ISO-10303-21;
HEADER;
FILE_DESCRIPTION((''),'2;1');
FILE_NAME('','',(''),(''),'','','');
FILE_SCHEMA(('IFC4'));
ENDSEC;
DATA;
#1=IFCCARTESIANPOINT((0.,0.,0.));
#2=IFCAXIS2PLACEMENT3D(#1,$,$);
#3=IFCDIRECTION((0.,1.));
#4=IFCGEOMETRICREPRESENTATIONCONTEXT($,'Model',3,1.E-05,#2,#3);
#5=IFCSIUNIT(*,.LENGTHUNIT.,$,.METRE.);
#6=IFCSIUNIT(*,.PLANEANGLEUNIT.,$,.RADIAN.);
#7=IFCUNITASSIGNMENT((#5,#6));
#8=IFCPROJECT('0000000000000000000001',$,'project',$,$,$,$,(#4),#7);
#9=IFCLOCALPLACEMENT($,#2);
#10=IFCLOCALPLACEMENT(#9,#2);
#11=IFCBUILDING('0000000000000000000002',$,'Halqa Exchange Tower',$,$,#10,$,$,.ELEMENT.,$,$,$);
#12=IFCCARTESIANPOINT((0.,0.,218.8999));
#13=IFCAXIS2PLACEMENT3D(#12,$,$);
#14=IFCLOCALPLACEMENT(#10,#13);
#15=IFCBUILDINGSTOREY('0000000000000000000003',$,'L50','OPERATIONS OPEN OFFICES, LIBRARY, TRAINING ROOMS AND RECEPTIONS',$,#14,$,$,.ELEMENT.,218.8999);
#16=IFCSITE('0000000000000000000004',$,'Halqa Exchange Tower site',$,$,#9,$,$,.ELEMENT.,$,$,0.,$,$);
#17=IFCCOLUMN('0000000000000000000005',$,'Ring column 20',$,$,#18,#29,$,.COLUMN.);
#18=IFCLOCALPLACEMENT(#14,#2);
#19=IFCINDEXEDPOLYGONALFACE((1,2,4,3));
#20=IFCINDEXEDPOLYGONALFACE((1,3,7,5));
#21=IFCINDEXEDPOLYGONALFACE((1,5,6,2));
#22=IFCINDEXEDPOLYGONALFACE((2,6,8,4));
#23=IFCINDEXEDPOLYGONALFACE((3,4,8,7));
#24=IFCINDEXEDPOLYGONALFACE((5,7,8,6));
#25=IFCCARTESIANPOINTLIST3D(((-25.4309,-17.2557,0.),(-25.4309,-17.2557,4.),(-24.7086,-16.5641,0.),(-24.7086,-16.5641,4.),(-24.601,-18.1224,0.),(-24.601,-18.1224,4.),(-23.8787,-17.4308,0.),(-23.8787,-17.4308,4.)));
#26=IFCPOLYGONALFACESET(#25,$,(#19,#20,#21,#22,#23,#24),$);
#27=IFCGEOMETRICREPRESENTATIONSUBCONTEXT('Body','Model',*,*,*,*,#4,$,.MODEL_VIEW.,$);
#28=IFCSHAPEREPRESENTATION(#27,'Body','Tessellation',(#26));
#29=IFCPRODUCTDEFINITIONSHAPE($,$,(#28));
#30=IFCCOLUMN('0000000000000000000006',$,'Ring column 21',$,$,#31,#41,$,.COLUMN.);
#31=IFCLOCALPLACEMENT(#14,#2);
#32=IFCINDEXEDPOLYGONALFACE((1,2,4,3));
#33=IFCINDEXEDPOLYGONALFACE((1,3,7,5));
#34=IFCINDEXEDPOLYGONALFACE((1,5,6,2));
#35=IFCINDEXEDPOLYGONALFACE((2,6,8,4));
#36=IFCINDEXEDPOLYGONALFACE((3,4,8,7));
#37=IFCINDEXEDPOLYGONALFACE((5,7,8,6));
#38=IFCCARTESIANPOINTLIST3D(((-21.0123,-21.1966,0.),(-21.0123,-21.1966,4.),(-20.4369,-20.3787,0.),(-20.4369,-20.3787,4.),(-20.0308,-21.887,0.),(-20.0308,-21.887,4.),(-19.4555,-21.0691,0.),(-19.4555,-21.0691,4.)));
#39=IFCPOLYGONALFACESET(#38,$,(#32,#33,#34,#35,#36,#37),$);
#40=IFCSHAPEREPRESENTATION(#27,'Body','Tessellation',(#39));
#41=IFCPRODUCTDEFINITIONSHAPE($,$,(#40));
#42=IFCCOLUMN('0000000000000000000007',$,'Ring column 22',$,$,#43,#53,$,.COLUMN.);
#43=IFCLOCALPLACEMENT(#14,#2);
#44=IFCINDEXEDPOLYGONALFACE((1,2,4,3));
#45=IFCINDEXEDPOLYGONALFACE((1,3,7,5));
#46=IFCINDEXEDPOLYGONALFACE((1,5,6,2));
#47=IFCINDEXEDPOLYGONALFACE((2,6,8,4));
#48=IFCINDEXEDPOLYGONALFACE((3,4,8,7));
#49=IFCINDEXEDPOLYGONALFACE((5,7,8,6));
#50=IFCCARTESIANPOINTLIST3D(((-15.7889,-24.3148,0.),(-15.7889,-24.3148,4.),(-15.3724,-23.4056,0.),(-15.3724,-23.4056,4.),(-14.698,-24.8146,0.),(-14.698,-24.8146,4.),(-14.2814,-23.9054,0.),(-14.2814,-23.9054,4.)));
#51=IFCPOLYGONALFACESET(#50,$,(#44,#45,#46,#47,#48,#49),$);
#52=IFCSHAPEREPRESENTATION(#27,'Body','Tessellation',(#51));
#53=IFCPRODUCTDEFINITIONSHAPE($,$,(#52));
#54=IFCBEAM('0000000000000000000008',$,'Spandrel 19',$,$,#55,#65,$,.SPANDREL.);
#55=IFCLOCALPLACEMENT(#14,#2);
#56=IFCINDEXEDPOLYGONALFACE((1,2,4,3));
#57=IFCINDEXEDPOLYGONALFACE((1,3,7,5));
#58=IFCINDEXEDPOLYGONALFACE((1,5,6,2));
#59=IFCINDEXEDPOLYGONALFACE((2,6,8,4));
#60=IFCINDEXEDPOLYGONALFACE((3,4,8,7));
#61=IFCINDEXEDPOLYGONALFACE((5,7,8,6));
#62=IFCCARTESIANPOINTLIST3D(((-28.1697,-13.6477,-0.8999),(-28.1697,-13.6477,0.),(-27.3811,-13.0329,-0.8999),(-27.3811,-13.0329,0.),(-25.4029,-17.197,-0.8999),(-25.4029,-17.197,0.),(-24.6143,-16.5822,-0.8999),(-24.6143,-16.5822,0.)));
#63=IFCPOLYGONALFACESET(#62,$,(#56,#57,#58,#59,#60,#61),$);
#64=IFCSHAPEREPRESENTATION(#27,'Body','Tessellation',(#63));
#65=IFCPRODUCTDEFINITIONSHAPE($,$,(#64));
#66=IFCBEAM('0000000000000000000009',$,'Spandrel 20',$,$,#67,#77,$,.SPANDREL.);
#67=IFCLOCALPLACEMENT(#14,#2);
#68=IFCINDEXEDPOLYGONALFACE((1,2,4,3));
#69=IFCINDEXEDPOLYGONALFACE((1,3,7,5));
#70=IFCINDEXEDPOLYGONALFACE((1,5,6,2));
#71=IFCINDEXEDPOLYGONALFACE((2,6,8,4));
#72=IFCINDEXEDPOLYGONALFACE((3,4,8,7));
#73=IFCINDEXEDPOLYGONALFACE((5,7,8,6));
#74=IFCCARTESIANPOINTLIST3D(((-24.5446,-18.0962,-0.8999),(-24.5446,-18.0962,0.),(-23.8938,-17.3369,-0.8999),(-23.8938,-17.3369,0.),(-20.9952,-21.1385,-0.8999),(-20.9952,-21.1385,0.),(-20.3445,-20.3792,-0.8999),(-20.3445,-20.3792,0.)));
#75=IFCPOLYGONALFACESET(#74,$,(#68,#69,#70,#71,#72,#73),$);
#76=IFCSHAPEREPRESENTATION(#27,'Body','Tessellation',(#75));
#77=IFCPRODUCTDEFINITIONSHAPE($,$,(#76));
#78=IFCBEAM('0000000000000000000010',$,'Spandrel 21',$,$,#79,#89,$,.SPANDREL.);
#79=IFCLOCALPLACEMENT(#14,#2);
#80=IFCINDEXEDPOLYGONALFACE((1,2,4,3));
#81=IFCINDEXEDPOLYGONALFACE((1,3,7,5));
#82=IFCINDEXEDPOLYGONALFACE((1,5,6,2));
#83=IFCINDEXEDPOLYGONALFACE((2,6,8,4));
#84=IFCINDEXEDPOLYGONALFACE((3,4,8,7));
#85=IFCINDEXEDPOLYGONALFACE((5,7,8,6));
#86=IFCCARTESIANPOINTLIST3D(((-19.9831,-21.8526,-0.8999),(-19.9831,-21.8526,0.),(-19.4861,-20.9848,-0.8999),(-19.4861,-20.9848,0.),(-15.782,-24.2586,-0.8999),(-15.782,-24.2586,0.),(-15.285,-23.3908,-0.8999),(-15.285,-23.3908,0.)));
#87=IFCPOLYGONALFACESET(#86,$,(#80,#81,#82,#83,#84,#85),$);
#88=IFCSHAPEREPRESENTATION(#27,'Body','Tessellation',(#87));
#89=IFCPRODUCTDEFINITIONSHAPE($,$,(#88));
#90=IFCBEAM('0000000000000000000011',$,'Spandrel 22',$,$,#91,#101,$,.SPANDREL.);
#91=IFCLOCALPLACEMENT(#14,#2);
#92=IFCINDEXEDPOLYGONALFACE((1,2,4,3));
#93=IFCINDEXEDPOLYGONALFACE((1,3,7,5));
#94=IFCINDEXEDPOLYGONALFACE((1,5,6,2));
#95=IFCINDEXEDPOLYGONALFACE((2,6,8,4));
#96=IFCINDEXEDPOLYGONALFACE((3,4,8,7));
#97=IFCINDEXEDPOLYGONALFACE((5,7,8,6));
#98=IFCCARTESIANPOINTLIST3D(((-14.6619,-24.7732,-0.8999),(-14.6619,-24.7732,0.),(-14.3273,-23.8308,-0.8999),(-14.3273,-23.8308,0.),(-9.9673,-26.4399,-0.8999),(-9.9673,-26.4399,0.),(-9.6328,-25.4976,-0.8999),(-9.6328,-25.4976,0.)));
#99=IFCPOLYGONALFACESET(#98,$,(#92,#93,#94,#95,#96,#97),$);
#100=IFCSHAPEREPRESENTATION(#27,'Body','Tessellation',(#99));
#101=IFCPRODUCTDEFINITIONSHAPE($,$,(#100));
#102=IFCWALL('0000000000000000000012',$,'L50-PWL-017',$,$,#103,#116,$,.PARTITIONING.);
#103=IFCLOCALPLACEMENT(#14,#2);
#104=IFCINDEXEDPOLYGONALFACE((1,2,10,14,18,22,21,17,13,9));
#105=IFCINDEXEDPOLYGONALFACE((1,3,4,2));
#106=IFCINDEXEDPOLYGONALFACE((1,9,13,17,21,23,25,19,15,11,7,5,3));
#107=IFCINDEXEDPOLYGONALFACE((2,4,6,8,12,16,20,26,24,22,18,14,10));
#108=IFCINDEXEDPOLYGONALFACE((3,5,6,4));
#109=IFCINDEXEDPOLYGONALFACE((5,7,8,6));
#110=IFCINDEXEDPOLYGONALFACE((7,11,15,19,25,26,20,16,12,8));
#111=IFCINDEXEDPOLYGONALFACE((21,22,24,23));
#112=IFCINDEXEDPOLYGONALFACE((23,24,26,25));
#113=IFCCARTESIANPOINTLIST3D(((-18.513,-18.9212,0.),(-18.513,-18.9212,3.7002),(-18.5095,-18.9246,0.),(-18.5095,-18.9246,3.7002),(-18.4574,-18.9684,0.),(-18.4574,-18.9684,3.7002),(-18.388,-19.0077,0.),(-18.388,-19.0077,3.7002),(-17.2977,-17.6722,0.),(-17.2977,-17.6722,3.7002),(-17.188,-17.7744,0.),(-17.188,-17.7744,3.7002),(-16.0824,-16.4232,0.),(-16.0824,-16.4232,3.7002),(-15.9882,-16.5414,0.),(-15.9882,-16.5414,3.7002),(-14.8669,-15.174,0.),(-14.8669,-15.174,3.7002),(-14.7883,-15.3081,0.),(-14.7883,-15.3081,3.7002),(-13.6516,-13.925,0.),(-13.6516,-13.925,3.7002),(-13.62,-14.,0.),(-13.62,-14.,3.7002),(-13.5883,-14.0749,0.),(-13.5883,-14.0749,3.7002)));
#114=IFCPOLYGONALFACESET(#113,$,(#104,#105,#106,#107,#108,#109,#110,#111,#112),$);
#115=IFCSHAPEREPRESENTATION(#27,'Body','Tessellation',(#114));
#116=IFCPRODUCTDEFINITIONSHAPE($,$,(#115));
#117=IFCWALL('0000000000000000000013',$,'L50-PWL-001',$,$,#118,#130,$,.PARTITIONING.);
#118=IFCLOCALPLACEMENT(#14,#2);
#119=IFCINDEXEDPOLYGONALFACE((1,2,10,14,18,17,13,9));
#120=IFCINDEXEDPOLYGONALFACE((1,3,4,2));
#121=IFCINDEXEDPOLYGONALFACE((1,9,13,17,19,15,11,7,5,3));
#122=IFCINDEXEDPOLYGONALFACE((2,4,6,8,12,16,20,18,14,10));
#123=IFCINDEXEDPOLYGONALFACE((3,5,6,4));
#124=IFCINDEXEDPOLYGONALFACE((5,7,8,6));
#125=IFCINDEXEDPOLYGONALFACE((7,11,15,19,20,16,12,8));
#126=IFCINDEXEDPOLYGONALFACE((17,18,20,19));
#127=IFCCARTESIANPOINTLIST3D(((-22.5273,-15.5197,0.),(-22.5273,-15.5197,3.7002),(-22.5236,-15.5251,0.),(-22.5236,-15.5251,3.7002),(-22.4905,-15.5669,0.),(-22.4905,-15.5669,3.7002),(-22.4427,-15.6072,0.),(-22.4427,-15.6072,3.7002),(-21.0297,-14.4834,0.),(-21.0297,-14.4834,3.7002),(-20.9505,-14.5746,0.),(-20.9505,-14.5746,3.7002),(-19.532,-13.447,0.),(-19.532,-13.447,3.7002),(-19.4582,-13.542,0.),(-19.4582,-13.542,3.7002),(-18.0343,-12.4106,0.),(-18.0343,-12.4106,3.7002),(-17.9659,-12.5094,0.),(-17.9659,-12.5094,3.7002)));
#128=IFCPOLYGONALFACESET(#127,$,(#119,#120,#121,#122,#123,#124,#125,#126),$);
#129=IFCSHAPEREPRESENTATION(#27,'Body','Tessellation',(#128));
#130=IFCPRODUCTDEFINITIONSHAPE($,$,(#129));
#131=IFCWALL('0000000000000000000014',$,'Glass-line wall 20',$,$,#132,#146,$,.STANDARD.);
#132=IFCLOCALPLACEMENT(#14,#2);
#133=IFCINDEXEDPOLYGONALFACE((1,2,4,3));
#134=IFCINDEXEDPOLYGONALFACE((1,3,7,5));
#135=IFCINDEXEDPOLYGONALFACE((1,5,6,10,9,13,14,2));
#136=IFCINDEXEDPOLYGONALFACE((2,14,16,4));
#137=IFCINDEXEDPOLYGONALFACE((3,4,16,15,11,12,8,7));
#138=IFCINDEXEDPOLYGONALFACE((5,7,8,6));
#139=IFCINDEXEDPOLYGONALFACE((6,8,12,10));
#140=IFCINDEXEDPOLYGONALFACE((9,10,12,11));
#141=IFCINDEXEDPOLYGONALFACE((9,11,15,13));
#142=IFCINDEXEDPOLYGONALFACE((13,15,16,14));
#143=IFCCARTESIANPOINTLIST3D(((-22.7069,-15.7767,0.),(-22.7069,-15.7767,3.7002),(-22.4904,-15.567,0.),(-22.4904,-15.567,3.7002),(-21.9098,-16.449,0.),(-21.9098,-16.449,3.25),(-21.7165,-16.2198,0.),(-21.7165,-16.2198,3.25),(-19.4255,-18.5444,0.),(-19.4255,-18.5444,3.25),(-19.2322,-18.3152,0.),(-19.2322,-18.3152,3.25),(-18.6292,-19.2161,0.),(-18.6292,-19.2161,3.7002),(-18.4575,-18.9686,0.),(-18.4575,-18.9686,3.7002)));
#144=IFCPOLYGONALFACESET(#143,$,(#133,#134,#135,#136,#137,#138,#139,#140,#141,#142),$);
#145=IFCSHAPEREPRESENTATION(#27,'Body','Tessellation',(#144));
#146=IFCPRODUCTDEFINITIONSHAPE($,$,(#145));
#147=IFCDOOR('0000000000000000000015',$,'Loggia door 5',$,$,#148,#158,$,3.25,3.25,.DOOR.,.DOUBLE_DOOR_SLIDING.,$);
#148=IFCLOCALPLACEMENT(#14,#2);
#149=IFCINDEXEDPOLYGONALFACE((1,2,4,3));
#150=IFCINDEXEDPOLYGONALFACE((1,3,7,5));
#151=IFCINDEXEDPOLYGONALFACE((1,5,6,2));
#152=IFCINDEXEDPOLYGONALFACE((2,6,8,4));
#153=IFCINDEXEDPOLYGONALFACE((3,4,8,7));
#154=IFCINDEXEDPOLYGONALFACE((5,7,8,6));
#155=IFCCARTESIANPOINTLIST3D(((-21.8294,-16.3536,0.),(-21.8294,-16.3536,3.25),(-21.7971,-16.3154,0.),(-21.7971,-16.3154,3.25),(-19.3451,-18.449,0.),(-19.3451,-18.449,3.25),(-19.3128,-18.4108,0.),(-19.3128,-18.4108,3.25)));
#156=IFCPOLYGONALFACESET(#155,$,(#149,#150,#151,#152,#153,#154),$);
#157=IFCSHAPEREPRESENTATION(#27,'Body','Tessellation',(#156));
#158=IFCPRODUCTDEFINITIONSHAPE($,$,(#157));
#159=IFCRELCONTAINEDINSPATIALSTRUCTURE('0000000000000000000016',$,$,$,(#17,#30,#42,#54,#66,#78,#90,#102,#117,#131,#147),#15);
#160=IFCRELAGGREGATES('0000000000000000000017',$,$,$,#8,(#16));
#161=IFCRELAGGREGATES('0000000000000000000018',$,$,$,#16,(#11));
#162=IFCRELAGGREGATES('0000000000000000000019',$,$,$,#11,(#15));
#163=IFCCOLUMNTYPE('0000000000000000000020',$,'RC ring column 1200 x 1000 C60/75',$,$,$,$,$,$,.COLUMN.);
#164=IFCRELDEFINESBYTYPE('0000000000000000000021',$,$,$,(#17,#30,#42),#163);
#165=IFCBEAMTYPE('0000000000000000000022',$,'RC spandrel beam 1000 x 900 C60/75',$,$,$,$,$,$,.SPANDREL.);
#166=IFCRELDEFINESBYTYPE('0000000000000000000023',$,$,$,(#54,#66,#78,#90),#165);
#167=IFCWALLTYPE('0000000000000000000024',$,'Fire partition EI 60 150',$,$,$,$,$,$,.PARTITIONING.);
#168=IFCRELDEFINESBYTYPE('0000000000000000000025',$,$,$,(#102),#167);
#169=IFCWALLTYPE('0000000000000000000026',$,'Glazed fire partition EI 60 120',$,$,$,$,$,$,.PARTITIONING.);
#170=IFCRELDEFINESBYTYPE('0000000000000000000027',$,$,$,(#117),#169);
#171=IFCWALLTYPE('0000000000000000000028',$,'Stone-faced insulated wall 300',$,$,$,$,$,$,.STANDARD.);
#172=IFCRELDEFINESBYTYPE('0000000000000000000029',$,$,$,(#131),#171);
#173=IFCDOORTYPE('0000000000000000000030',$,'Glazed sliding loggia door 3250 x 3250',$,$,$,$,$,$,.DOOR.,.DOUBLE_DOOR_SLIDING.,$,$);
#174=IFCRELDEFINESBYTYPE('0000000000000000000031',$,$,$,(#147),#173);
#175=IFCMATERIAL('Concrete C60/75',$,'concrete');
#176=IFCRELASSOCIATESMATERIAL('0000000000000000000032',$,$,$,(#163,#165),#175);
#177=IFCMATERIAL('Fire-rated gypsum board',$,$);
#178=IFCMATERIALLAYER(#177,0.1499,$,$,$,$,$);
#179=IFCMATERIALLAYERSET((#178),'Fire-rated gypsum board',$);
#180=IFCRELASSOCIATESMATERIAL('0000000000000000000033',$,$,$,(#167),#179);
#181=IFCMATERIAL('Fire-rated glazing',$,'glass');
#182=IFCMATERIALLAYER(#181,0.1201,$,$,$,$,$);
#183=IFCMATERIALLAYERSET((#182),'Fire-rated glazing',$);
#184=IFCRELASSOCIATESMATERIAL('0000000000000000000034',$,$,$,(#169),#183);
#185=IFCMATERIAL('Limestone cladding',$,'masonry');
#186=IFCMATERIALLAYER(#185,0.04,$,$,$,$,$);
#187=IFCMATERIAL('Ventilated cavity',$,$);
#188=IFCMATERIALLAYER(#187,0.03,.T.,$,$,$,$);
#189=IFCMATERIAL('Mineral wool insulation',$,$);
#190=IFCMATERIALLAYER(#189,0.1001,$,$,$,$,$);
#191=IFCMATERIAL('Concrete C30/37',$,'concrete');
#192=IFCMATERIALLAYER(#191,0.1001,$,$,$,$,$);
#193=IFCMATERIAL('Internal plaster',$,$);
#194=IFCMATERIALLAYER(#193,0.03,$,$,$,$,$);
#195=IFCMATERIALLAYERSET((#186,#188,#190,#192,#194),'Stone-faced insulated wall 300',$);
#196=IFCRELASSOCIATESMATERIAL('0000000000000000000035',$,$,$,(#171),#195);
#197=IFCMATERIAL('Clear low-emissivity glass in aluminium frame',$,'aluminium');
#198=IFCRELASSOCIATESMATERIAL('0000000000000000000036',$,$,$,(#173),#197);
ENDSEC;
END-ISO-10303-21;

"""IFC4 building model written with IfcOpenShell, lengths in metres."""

from ifc_helpers import new_model, si_unit, direction, frame, frame_2d, origin, origin_2d, place, context, subcontext, project, spatial, polyline, rectangle, outline, extrude, material, layer, layer_set, material_profile, profile_set, type_object, element, fill, save


model = new_model("IFC4")

# Units and contexts
model_context = context("Model", 3, precision=1e-05, world=origin(), true_north=direction((0.0, 1.0)))
body_context = subcontext(model_context, "Body", "Model", "MODEL_VIEW")
ifc_project = project(units=[si_unit("LENGTHUNIT", "METRE"), si_unit("PLANEANGLEUNIT", "RADIAN")], contexts=[model_context])

# Site, building, storey
site_placement = place(None, origin())
site = spatial("IfcSite", under=ifc_project, at=site_placement, Name="Halqa Exchange Tower site", CompositionType="ELEMENT", RefElevation=0.0)
building_placement = place(site_placement, origin())
building = spatial("IfcBuilding", under=site, at=building_placement, Name="Halqa Exchange Tower", CompositionType="ELEMENT")
storey_placement = place(building_placement, frame((0.0, 0.0, 218.8999)))
storey = spatial("IfcBuildingStorey", under=building, at=storey_placement, Name="L50", Description="OPERATIONS OPEN OFFICES, LIBRARY, TRAINING ROOMS AND RECEPTIONS", CompositionType="ELEMENT", Elevation=218.8999)

# Columns
ifc_material_1 = material(Name="Concrete C60/75", Category="concrete")
ifc_material_profile_1 = material_profile(ifc_material_1, rectangle(XDim=1.2, YDim=1.0, at=origin_2d()), Name="1200 x 1000")
ifc_profile_set_1 = profile_set([ifc_material_profile_1], Name="Concrete C60/75")
column_type = type_object("IfcColumnType", Name="RC ring column 1200 x 1000 C60/75", PredefinedType="COLUMN", material=ifc_profile_set_1)
for number, where, z_axis, x_axis, name in (
    (1, (-24.6548, -17.3433, 0.0), (0.0, 0.0, 1.0), (0.691575, -0.722305, 0.0), "Ring column 20"),
    (2, (-20.2339, -21.1328, 0.0), (0.0, 0.0, 1.0), (0.817906, -0.575352, 0.0), "Ring column 21"),
    (3, (-15.0352, -24.1101, 0.0), (0.0, 0.0, 1.0), (0.909129, -0.416514, 0.0), "Ring column 22"),
):
    element("IfcColumn", number, at=place(storey_placement, frame(where, z_axis=z_axis, x_axis=x_axis)), inside=storey, type_object=column_type, Name=name, PredefinedType="COLUMN", context=body_context, shape_type="SweptSolid", body=[
        extrude(rectangle(XDim=1.2, YDim=1.0, at=origin_2d()), origin(), (0.0, 0.0, 1.0), 4.0),
    ])

# Beams
ifc_material_profile_2 = material_profile(ifc_material_1, rectangle(XDim=1.0, YDim=0.8999, at=origin_2d()), Name="1000 x 900")
ifc_profile_set_2 = profile_set([ifc_material_profile_2], Name="Concrete C60/75")
beam_type = type_object("IfcBeamType", Name="RC spandrel beam 1000 x 900 C60/75", PredefinedType="SPANDREL", material=ifc_profile_set_2)
beam_1_placement = place(storey_placement, frame((-27.7754, -13.3403, -0.45), z_axis=(0.614808, -0.788677, 0.0), x_axis=(0.788677, 0.614808, 0.0)))
element("IfcBeam", 4, at=beam_1_placement, inside=storey, type_object=beam_type, Name="Spandrel 19", PredefinedType="SPANDREL", context=body_context, shape_type="SweptSolid", body=[
    extrude(rectangle(XDim=1.0, YDim=0.8999, at=origin_2d()), origin(), (0.0, 0.0, 1.0), 4.5002),
])
beam_2_placement = place(storey_placement, frame((-24.2192, -17.7166, -0.45), z_axis=(0.75926, -0.650787, 0.0), x_axis=(0.650787, 0.75926, 0.0)))
element("IfcBeam", 5, at=beam_2_placement, inside=storey, type_object=beam_type, Name="Spandrel 20", PredefinedType="SPANDREL", context=body_context, shape_type="SweptSolid", body=[
    extrude(rectangle(XDim=1.0, YDim=0.8999, at=origin_2d()), origin(), (0.0, 0.0, 1.0), 4.6748),
])
beam_3_placement = place(storey_placement, frame((-19.7346, -21.4187, -0.45), z_axis=(0.867768, -0.49697, 0.0), x_axis=(0.49697, 0.867768, 0.0)))
element("IfcBeam", 6, at=beam_3_placement, inside=storey, type_object=beam_type, Name="Spandrel 21", PredefinedType="SPANDREL", context=body_context, shape_type="SweptSolid", body=[
    extrude(rectangle(XDim=1.0, YDim=0.8999, at=origin_2d()), origin(), (0.0, 0.0, 1.0), 4.8413),
])
beam_4_placement = place(storey_placement, frame((-14.4946, -24.302, -0.45), z_axis=(0.942369, -0.334576, 0.0), x_axis=(0.334576, 0.942369, 0.0)))
element("IfcBeam", 7, at=beam_4_placement, inside=storey, type_object=beam_type, Name="Spandrel 22", PredefinedType="SPANDREL", context=body_context, shape_type="SweptSolid", body=[
    extrude(rectangle(XDim=1.0, YDim=0.8999, at=origin_2d()), origin(), (0.0, 0.0, 1.0), 4.9817),
])

# Shared definitions
ifc_material_2 = material(Name="Fire-rated gypsum board")
ifc_layer_1 = layer(ifc_material_2, 0.1499)
ifc_layer_set_1 = layer_set([ifc_layer_1], Name="Fire-rated gypsum board")
wall_type_1 = type_object("IfcWallType", Name="Fire partition EI 60 150", PredefinedType="PARTITIONING", material=ifc_layer_set_1)

# Walls
wall_1_placement = place(storey_placement, frame((-13.5979, -13.9773, 0.0), z_axis=(0.0, 0.0, 1.0), x_axis=(-0.697374, -0.716707, 0.0)))
element("IfcWall", 8, at=wall_1_placement, inside=storey, type_object=wall_type_1, Name="L50-PWL-017", PredefinedType="PARTITIONING", context=body_context, shape_type="SweptSolid", body=[
    extrude(outline(polyline([(6.9709, -0.075), (6.9709, -0.0701), (6.9661, -0.0022), (6.9458, 0.075), (5.2251, 0.075), (3.5046, 0.075), (1.7839, 0.075), (0.0632, 0.075), (0.0317, 0.0), (0.0, -0.075), (1.7427, -0.075), (3.4856, -0.075), (5.2283, -0.075), (6.9709, -0.075)])), origin(), (0.0, 0.0, 1.0), 3.7002),
])
ifc_material_3 = material(Name="Fire-rated glazing", Category="glass")
ifc_layer_2 = layer(ifc_material_3, 0.1201)
ifc_layer_set_2 = layer_set([ifc_layer_2], Name="Fire-rated glazing")
wall_type_2 = type_object("IfcWallType", Name="Glazed fire partition EI 60 120", PredefinedType="PARTITIONING", material=ifc_layer_set_2)
wall_2_placement = place(storey_placement, frame((-22.4932, -15.5691, 0.0), z_axis=(0.0, 0.0, 1.0), x_axis=(0.822322, 0.569022, 0.0)))
element("IfcWall", 9, at=wall_2_placement, inside=storey, type_object=wall_type_2, Name="L50-PWL-001", PredefinedType="PARTITIONING", context=body_context, shape_type="SweptSolid", body=[
    extrude(outline(polyline([(0.0198, -0.0601), (1.8345, -0.0601), (3.6492, -0.0601), (5.4639, -0.0601), (5.4639, 0.0601), (3.6426, 0.0601), (1.8213, 0.0601), (0.0, 0.0601), (0.0, 0.0535), (0.0034, 0.0002), (0.0198, -0.0601)])), origin(), (0.0, 0.0, 1.0), 3.7002),
])

# Wall, opening, door
ifc_material_4 = material(Name="Limestone cladding", Category="masonry")
ifc_layer_3 = layer(ifc_material_4, 0.04)
ifc_material_5 = material(Name="Ventilated cavity")
ifc_layer_4 = layer(ifc_material_5, 0.03, ventilated=True)
ifc_material_6 = material(Name="Mineral wool insulation")
ifc_layer_5 = layer(ifc_material_6, 0.1001)
ifc_material_7 = material(Name="Concrete C30/37", Category="concrete")
ifc_layer_6 = layer(ifc_material_7, 0.1001)
ifc_material_8 = material(Name="Internal plaster")
ifc_layer_7 = layer(ifc_material_8, 0.03)
ifc_layer_set_3 = layer_set([ifc_layer_3, ifc_layer_4, ifc_layer_5, ifc_layer_6, ifc_layer_7], Name="Stone-faced insulated wall 300")
wall_type_3 = type_object("IfcWallType", Name="Stone-faced insulated wall 300", PredefinedType="STANDARD", material=ifc_layer_set_3)
wall_3_placement = place(storey_placement, frame((-22.5986, -15.6719, 0.0), z_axis=(0.0, 0.0, 1.0), x_axis=(0.764398, -0.644745, 0.0)))
wall_3 = element("IfcWall", 10, at=wall_3_placement, inside=storey, type_object=wall_type_3, Name="Glass-line wall 20", PredefinedType="STANDARD", context=body_context, shape_type="SweptSolid", body=[
    extrude(outline(polyline([(-0.0151, -0.1499), (5.3193, -0.1499), (5.291, 0.1499), (0.0151, 0.1499), (-0.0151, -0.1499)])), origin(), (0.0, 0.0, 1.0), 3.7002),
])
opening_1_placement = place(wall_3_placement, frame((1.0276, 0.0, 0.0)))
opening_1 = element("IfcOpeningElement", 11, at=opening_1_placement, cuts=wall_3, PredefinedType="OPENING", context=body_context, shape_type="SweptSolid", body=[
    extrude(rectangle(XDim=3.25, YDim=3.25, at=frame_2d((1.625, 1.625))), frame((0.0, 0.1621, 0.0), z_axis=(0.0, -1.0, 0.0), x_axis=(1.0, 0.0, 0.0)), (0.0, 0.0, 1.0), 0.324),
])
ifc_material_9 = material(Name="Clear low-emissivity glass in aluminium frame", Category="aluminium")
door_type_1 = type_object("IfcDoorType", Name="Glazed sliding loggia door 3250 x 3250", OperationType="DOUBLE_DOOR_SLIDING", PredefinedType="DOOR", material=ifc_material_9)
door_1_placement = place(opening_1_placement, origin())
door_1 = element("IfcDoor", 12, at=door_1_placement, inside=storey, type_object=door_type_1, Name="Loggia door 5", OperationType="DOUBLE_DOOR_SLIDING", OverallHeight=3.25, OverallWidth=3.25, PredefinedType="DOOR", context=body_context, shape_type="SweptSolid", body=[
    extrude(rectangle(XDim=3.25, YDim=3.25, at=frame_2d((1.625, 1.625))), frame((0.0, 0.0249, 0.0), z_axis=(0.0, -1.0, 0.0), x_axis=(1.0, 0.0, 0.0)), (0.0, 0.0, 1.0), 0.05),
])
fill(opening_1, door_1)

save(model, "model.ifc")
